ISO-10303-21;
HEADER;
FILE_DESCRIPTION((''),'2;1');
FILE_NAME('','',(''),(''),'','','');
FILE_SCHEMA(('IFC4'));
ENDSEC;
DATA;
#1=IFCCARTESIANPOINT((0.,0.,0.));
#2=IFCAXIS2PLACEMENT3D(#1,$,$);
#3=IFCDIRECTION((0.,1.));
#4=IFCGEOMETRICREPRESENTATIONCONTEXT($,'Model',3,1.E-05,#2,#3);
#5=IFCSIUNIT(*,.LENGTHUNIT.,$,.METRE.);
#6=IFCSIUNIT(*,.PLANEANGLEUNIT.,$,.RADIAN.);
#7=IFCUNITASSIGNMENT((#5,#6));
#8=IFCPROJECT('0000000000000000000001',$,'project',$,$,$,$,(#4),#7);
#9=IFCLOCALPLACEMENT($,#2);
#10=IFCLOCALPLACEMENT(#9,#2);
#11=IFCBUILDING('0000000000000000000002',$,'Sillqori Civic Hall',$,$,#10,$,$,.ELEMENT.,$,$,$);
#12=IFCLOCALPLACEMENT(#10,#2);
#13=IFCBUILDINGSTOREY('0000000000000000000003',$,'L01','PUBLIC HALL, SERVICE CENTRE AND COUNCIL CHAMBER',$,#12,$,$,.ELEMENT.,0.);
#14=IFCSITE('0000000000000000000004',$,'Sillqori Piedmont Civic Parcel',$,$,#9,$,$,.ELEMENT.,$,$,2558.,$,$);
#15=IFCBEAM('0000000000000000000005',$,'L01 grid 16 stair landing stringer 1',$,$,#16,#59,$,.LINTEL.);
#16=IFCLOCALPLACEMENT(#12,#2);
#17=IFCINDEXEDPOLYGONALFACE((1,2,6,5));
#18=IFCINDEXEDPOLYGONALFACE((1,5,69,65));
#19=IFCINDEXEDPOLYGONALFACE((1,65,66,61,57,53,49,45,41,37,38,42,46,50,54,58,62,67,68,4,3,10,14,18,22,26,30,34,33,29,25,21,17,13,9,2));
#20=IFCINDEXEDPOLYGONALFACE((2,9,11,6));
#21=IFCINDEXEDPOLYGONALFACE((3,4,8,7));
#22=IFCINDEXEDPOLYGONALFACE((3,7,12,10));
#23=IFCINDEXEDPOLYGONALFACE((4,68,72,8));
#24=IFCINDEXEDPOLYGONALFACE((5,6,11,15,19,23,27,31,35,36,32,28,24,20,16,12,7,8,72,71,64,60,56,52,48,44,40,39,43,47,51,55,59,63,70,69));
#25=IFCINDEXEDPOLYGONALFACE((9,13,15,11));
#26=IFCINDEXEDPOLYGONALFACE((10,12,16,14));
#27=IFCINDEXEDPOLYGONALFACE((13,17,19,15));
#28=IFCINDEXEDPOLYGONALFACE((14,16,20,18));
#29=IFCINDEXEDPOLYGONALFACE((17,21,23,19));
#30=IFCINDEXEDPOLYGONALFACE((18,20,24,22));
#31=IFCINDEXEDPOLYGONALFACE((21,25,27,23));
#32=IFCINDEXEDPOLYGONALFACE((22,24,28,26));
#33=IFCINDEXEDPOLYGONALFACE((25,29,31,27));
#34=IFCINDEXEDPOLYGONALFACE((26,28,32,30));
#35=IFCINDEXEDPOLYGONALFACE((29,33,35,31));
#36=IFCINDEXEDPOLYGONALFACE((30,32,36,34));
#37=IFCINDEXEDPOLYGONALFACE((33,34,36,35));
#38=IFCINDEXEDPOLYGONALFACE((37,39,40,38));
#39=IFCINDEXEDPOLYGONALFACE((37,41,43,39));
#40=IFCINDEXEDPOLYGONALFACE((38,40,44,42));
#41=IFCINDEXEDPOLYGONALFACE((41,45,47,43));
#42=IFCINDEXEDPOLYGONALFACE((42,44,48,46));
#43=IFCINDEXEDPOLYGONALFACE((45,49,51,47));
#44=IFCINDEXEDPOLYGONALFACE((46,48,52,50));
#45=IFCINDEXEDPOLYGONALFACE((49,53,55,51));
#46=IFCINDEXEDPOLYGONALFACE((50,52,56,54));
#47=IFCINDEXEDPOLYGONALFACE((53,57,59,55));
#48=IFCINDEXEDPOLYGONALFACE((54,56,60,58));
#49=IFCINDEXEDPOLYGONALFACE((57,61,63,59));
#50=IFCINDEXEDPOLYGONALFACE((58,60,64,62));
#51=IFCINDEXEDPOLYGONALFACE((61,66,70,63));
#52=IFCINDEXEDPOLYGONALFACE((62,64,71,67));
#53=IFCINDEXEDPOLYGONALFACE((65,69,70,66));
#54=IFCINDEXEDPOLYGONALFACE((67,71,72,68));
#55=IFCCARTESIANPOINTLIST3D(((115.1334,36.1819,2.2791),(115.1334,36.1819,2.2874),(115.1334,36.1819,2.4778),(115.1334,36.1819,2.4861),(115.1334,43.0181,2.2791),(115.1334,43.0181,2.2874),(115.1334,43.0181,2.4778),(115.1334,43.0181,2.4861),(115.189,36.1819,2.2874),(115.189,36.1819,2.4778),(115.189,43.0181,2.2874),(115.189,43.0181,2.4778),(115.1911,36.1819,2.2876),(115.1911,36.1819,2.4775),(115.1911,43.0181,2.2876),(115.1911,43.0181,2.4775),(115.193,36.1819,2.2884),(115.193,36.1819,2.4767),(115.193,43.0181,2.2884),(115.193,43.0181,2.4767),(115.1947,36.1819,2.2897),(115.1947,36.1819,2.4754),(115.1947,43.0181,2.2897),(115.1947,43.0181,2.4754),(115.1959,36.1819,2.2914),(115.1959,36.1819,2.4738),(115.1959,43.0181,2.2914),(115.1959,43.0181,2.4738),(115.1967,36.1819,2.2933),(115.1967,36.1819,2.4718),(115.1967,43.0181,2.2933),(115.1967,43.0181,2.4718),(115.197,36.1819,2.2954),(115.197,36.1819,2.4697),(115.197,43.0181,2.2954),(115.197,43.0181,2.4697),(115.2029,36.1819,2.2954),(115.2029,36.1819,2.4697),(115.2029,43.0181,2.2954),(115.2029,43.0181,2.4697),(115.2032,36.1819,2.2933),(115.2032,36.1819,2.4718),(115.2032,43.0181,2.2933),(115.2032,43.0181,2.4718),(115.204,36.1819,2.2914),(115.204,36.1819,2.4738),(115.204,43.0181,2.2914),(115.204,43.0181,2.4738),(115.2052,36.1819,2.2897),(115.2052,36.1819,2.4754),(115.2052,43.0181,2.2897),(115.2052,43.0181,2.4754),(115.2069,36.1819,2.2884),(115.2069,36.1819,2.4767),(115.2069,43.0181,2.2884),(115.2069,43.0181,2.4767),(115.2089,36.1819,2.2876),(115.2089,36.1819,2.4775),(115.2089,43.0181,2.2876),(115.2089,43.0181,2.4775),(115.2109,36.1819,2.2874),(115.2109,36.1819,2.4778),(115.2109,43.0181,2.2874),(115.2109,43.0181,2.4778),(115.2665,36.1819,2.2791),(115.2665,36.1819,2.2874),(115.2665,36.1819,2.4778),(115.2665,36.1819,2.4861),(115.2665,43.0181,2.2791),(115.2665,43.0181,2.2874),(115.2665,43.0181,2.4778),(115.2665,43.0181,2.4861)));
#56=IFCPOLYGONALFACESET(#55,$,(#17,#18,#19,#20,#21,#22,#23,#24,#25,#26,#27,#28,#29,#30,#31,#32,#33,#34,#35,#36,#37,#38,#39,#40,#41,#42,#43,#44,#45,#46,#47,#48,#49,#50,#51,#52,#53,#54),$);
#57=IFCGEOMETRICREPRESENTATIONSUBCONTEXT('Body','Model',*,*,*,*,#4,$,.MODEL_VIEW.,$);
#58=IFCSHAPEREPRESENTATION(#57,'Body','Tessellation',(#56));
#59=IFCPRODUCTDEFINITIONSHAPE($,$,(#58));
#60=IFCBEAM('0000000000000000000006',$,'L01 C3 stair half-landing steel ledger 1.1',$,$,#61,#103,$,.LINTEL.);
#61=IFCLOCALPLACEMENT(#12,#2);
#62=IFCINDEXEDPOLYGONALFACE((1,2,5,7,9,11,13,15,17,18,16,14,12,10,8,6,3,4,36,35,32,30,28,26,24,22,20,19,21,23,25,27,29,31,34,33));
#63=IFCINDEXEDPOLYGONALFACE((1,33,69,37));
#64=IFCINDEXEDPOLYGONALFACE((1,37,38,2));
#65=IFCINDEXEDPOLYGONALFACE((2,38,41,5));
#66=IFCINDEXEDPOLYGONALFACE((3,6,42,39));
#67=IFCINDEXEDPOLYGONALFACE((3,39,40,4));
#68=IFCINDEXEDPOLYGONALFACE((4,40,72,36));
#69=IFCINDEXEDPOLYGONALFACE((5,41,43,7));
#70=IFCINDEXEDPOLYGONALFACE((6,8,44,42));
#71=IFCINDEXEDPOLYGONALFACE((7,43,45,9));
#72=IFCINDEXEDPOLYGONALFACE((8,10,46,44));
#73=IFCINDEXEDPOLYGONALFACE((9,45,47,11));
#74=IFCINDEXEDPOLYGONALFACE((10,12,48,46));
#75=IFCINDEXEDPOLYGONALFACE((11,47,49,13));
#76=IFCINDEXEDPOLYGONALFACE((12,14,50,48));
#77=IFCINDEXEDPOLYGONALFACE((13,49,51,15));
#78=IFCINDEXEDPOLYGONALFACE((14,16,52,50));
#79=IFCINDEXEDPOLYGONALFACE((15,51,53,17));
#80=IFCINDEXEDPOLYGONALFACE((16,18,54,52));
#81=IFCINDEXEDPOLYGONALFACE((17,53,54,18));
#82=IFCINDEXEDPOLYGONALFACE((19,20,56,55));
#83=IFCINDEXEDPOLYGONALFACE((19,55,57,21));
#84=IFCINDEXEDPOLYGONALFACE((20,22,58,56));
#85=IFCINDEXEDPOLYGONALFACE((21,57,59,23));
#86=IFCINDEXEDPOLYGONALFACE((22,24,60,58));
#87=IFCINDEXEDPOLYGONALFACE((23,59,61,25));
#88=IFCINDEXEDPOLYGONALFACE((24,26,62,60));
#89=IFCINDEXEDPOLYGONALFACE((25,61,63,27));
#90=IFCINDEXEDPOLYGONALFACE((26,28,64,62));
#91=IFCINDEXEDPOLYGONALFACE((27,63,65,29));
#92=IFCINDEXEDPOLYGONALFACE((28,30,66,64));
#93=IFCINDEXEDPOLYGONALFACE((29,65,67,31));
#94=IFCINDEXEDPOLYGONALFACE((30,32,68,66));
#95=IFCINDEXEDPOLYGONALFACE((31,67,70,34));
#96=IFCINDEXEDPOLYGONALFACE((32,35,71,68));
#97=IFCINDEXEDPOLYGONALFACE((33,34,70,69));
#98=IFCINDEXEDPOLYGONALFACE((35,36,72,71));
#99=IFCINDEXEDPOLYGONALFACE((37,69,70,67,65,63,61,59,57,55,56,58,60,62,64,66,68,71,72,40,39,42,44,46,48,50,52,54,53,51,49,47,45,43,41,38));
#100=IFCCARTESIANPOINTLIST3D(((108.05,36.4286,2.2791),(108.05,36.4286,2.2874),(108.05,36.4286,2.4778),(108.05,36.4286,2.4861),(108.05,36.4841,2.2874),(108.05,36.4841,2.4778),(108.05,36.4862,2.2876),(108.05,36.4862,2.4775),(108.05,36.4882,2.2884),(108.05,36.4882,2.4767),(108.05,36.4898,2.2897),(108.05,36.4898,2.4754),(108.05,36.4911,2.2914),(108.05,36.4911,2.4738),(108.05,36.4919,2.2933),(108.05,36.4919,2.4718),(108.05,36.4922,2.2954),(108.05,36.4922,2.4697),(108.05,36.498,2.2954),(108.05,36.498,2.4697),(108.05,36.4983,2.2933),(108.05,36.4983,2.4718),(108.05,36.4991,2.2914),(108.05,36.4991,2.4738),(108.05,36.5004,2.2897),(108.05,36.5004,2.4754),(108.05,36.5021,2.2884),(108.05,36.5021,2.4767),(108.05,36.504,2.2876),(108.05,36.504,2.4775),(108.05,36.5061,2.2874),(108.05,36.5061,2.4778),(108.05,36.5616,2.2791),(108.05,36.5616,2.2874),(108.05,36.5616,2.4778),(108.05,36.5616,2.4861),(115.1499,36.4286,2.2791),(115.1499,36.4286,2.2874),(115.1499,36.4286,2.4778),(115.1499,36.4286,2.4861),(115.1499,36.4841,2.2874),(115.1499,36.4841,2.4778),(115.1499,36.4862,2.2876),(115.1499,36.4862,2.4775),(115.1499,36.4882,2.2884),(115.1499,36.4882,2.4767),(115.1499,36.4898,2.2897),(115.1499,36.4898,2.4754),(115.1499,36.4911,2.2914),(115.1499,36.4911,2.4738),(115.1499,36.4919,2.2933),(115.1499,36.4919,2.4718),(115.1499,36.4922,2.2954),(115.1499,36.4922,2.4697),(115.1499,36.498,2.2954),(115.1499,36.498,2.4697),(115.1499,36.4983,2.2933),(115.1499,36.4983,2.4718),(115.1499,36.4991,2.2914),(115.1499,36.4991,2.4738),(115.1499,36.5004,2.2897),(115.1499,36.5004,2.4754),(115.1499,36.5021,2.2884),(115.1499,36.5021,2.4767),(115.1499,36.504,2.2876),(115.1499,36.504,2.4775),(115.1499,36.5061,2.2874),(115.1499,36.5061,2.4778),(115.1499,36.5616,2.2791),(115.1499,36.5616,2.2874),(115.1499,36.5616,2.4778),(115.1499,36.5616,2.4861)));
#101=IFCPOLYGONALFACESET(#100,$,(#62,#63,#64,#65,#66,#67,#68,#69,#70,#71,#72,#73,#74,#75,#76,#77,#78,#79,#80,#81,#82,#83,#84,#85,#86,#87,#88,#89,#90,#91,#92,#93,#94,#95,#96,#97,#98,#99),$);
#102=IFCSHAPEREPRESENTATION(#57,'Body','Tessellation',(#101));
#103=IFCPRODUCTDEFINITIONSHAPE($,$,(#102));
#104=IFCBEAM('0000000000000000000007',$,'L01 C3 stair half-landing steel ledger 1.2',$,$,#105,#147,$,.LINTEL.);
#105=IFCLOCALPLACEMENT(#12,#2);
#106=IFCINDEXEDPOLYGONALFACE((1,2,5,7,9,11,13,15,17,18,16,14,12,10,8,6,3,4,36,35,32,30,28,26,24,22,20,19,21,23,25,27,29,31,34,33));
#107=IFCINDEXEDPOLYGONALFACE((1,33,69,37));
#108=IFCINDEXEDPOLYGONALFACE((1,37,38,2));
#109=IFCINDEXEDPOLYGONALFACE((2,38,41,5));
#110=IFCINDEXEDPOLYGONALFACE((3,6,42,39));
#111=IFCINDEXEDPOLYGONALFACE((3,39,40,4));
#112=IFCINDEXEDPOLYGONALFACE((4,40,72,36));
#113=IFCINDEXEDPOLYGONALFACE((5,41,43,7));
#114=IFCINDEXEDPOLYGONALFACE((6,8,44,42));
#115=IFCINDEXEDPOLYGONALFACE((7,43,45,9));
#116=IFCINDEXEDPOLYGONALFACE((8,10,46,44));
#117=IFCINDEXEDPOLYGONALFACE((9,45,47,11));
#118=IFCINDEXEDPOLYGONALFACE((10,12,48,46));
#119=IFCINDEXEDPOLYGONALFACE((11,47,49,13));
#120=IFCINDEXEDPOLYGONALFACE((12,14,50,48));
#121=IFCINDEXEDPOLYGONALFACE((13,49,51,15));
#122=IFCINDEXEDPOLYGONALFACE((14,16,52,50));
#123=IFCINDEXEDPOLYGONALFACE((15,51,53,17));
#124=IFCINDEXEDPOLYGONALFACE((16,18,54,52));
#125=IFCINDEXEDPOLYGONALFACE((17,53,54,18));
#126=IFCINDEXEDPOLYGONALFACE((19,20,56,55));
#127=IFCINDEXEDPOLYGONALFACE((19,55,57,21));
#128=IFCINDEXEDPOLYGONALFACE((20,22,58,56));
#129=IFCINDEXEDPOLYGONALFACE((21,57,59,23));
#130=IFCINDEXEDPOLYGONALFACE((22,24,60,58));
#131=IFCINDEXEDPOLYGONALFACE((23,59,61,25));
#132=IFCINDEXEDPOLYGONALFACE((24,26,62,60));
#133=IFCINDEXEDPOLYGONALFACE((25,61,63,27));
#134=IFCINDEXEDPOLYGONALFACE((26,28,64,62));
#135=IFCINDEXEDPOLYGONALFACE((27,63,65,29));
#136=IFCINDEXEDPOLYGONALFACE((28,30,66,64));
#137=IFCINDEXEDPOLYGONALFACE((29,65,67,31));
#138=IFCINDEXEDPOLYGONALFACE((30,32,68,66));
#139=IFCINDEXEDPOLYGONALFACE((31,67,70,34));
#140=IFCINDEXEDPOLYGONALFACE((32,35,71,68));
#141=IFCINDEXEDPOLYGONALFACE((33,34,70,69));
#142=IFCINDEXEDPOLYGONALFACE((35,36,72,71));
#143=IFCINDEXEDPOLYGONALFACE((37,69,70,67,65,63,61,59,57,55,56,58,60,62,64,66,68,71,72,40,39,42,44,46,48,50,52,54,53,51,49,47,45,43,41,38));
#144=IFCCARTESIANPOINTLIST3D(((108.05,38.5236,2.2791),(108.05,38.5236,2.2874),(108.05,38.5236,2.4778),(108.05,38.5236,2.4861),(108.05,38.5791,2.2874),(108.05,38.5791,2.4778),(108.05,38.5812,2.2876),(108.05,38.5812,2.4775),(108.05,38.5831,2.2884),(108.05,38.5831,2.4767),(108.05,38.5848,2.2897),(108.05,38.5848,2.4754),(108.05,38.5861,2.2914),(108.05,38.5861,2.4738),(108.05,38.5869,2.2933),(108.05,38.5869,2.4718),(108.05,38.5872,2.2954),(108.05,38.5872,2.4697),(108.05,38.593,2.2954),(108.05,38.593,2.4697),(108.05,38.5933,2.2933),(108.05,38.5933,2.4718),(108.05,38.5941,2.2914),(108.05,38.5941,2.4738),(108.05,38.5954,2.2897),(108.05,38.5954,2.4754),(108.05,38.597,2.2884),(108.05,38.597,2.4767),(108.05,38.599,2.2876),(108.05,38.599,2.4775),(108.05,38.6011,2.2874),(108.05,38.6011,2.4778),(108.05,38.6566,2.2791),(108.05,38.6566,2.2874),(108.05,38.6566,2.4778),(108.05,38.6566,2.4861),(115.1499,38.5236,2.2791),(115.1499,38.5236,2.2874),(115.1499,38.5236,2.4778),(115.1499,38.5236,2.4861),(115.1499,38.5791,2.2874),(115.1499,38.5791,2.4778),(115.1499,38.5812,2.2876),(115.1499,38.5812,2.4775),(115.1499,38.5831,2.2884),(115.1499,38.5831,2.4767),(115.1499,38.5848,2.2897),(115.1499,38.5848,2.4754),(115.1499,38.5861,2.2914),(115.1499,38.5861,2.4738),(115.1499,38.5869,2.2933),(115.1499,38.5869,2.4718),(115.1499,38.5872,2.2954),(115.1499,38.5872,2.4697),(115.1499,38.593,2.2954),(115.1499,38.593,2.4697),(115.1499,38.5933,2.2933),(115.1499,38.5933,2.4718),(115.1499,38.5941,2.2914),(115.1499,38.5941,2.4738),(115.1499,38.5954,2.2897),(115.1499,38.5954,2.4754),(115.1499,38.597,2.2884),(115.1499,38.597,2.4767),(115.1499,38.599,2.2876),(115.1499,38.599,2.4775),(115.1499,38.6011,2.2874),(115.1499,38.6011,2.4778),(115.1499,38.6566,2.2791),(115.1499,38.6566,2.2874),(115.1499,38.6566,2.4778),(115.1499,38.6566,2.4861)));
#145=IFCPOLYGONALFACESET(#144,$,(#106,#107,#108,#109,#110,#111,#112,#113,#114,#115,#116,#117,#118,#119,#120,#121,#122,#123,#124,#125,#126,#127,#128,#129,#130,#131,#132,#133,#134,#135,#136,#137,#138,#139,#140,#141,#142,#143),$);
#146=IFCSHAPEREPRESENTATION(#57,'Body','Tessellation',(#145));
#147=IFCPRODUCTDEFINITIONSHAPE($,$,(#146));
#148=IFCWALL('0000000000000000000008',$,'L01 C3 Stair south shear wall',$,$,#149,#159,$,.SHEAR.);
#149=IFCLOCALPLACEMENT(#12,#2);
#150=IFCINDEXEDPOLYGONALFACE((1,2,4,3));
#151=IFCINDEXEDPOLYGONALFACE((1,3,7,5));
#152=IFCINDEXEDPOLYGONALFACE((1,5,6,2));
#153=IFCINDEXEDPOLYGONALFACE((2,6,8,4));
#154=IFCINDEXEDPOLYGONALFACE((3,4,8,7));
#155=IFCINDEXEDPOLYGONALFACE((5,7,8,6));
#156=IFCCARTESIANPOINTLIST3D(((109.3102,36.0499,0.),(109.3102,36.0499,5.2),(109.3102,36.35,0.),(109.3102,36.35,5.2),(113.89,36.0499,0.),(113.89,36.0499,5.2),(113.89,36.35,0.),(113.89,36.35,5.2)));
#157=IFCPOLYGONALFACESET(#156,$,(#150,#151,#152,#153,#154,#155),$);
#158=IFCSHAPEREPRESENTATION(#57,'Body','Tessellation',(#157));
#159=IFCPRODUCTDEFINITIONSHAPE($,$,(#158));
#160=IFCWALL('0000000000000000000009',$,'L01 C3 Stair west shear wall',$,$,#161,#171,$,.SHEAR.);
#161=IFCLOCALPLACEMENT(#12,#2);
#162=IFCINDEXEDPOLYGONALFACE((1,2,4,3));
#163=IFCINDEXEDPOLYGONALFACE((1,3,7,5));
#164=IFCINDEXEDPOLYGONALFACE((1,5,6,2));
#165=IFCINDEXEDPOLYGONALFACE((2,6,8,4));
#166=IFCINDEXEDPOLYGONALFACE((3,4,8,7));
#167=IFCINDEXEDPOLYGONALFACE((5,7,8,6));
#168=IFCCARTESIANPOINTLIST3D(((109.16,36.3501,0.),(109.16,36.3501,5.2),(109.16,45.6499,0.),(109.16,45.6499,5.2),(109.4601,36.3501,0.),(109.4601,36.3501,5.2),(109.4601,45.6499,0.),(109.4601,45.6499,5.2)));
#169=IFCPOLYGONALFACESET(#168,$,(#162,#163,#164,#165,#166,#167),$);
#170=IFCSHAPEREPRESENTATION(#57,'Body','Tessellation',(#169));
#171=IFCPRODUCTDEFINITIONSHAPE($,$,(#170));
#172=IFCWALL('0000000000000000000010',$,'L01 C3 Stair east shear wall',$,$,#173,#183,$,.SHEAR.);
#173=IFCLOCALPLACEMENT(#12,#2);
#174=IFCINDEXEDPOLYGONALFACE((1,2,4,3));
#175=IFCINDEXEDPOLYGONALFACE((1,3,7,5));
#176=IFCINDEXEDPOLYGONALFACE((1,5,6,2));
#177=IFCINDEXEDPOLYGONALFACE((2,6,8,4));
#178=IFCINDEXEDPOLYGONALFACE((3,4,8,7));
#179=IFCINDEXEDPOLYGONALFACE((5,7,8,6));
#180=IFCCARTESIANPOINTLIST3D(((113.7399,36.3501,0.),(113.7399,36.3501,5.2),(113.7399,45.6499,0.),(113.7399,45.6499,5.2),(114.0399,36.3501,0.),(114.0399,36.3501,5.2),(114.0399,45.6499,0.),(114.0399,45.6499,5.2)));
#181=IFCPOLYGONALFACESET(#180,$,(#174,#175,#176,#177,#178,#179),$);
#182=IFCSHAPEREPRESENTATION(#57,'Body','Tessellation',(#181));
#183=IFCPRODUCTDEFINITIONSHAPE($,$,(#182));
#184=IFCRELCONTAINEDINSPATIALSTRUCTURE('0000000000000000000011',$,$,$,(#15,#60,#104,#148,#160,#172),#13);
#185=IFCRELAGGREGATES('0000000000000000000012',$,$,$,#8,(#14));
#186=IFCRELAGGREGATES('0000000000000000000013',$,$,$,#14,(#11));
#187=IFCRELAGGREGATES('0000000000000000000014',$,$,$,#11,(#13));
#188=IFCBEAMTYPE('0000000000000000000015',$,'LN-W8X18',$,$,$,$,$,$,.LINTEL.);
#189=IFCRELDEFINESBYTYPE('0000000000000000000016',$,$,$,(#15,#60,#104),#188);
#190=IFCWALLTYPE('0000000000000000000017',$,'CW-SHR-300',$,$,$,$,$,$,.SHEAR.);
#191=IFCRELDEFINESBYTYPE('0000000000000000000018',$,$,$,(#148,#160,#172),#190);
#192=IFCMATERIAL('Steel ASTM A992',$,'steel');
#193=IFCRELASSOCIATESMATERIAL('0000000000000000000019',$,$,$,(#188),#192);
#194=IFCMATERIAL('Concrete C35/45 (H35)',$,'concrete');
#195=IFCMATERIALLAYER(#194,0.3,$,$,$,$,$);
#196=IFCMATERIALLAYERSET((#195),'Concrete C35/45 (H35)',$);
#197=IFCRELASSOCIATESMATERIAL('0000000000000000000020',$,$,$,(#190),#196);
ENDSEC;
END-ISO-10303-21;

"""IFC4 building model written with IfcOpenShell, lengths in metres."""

from ifc_helpers import new_model, si_unit, direction, frame, frame_2d, origin, origin_2d, place, context, subcontext, project, spatial, rectangle, i_section, extrude, material, layer, layer_set, material_profile, profile_set, type_object, element, save


model = new_model("IFC4")

# Units and contexts
model_context = context("Model", 3, precision=1e-05, world=origin(), true_north=direction((0.0, 1.0)))
body_context = subcontext(model_context, "Body", "Model", "MODEL_VIEW")
ifc_project = project(units=[si_unit("LENGTHUNIT", "METRE"), si_unit("PLANEANGLEUNIT", "RADIAN")], contexts=[model_context])

# Site, building, storey
site_placement = place(None, origin())
site = spatial("IfcSite", under=ifc_project, at=site_placement, Name="Sillqori Piedmont Civic Parcel", CompositionType="ELEMENT", RefElevation=2558.0)
building_placement = place(site_placement, origin())
building = spatial("IfcBuilding", under=site, at=building_placement, Name="Sillqori Civic Hall", CompositionType="ELEMENT")
storey_placement = place(building_placement, origin())
storey = spatial("IfcBuildingStorey", under=building, at=storey_placement, Name="L01", Description="PUBLIC HALL, SERVICE CENTRE AND COUNCIL CHAMBER", CompositionType="ELEMENT", Elevation=0.0)

# Shared definitions
ifc_material_1 = material(Name="Steel ASTM A992", Category="steel")

# Beams
ifc_material_profile_1 = material_profile(ifc_material_1, i_section(OverallWidth=0.1331, OverallDepth=0.207, WebThickness=0.0059, FlangeThickness=0.0083, FilletRadius=0.0081, at=origin_2d()), Name="W8X18")
ifc_profile_set_1 = profile_set([ifc_material_profile_1], Name="Steel ASTM A992")
beam_type_1 = type_object("IfcBeamType", Name="LN-W8X18", PredefinedType="LINTEL", material=ifc_profile_set_1)
for number, where, z_axis, x_axis, name in (
    (1, (115.2, 36.1819, 2.3826), (0.0, 1.0, 0.0), (-1.0, 0.0, 0.0), "L01 grid 16 stair landing stringer 1"),
):
    element("IfcBeam", number, at=place(storey_placement, frame(where, z_axis=z_axis, x_axis=x_axis)), inside=storey, type_object=beam_type_1, Name=name, PredefinedType="LINTEL", context=body_context, shape_type="SweptSolid", body=[
        extrude(i_section(OverallWidth=0.1331, OverallDepth=0.207, WebThickness=0.0059, FlangeThickness=0.0083, FilletRadius=0.0081, at=origin_2d()), origin(), (0.0, 0.0, 1.0), 6.8362),
    ])
for number, where, z_axis, x_axis, name in (
    (2, (108.05, 36.4951, 2.3826), (1.0, 0.0, 0.0), (0.0, 1.0, 0.0), "L01 C3 stair half-landing steel ledger 1.1"),
    (3, (108.05, 38.5901, 2.3826), (1.0, 0.0, 0.0), (0.0, 1.0, 0.0), "L01 C3 stair half-landing steel ledger 1.2"),
):
    element("IfcBeam", number, at=place(storey_placement, frame(where, z_axis=z_axis, x_axis=x_axis)), inside=storey, type_object=beam_type_1, Name=name, PredefinedType="LINTEL", context=body_context, shape_type="SweptSolid", body=[
        extrude(i_section(OverallWidth=0.1331, OverallDepth=0.207, WebThickness=0.0059, FlangeThickness=0.0083, FilletRadius=0.0081, at=origin_2d()), origin(), (0.0, 0.0, 1.0), 7.0999),
    ])

# Walls
ifc_material_2 = material(Name="Concrete C35/45 (H35)", Category="concrete")
ifc_layer_1 = layer(ifc_material_2, 0.3)
ifc_layer_set_1 = layer_set([ifc_layer_1], Name="Concrete C35/45 (H35)")
wall_type = type_object("IfcWallType", Name="CW-SHR-300", PredefinedType="SHEAR", material=ifc_layer_set_1)
wall_placement = place(storey_placement, frame((109.3101, 36.2, 0.0), z_axis=(0.0, 0.0, 1.0), x_axis=(1.0, 0.0, 0.0)))
element("IfcWall", 4, at=wall_placement, inside=storey, type_object=wall_type, Name="L01 C3 Stair south shear wall", PredefinedType="SHEAR", context=body_context, shape_type="SweptSolid", body=[
    extrude(rectangle(XDim=4.5798, YDim=0.3, at=frame_2d((2.29, 0.0))), origin(), (0.0, 0.0, 1.0), 5.2),
])
for number, where, z_axis, x_axis, name in (
    (5, (109.3101, 36.3501, 0.0), (0.0, 0.0, 1.0), (0.0, 1.0, 0.0), "L01 C3 Stair west shear wall"),
    (6, (113.8899, 36.3501, 0.0), (0.0, 0.0, 1.0), (0.0, 1.0, 0.0), "L01 C3 Stair east shear wall"),
):
    element("IfcWall", number, at=place(storey_placement, frame(where, z_axis=z_axis, x_axis=x_axis)), inside=storey, type_object=wall_type, Name=name, PredefinedType="SHEAR", context=body_context, shape_type="SweptSolid", body=[
        extrude(rectangle(XDim=9.2998, YDim=0.3, at=frame_2d((4.6499, 0.0))), origin(), (0.0, 0.0, 1.0), 5.2),
    ])

save(model, "model.ifc")
